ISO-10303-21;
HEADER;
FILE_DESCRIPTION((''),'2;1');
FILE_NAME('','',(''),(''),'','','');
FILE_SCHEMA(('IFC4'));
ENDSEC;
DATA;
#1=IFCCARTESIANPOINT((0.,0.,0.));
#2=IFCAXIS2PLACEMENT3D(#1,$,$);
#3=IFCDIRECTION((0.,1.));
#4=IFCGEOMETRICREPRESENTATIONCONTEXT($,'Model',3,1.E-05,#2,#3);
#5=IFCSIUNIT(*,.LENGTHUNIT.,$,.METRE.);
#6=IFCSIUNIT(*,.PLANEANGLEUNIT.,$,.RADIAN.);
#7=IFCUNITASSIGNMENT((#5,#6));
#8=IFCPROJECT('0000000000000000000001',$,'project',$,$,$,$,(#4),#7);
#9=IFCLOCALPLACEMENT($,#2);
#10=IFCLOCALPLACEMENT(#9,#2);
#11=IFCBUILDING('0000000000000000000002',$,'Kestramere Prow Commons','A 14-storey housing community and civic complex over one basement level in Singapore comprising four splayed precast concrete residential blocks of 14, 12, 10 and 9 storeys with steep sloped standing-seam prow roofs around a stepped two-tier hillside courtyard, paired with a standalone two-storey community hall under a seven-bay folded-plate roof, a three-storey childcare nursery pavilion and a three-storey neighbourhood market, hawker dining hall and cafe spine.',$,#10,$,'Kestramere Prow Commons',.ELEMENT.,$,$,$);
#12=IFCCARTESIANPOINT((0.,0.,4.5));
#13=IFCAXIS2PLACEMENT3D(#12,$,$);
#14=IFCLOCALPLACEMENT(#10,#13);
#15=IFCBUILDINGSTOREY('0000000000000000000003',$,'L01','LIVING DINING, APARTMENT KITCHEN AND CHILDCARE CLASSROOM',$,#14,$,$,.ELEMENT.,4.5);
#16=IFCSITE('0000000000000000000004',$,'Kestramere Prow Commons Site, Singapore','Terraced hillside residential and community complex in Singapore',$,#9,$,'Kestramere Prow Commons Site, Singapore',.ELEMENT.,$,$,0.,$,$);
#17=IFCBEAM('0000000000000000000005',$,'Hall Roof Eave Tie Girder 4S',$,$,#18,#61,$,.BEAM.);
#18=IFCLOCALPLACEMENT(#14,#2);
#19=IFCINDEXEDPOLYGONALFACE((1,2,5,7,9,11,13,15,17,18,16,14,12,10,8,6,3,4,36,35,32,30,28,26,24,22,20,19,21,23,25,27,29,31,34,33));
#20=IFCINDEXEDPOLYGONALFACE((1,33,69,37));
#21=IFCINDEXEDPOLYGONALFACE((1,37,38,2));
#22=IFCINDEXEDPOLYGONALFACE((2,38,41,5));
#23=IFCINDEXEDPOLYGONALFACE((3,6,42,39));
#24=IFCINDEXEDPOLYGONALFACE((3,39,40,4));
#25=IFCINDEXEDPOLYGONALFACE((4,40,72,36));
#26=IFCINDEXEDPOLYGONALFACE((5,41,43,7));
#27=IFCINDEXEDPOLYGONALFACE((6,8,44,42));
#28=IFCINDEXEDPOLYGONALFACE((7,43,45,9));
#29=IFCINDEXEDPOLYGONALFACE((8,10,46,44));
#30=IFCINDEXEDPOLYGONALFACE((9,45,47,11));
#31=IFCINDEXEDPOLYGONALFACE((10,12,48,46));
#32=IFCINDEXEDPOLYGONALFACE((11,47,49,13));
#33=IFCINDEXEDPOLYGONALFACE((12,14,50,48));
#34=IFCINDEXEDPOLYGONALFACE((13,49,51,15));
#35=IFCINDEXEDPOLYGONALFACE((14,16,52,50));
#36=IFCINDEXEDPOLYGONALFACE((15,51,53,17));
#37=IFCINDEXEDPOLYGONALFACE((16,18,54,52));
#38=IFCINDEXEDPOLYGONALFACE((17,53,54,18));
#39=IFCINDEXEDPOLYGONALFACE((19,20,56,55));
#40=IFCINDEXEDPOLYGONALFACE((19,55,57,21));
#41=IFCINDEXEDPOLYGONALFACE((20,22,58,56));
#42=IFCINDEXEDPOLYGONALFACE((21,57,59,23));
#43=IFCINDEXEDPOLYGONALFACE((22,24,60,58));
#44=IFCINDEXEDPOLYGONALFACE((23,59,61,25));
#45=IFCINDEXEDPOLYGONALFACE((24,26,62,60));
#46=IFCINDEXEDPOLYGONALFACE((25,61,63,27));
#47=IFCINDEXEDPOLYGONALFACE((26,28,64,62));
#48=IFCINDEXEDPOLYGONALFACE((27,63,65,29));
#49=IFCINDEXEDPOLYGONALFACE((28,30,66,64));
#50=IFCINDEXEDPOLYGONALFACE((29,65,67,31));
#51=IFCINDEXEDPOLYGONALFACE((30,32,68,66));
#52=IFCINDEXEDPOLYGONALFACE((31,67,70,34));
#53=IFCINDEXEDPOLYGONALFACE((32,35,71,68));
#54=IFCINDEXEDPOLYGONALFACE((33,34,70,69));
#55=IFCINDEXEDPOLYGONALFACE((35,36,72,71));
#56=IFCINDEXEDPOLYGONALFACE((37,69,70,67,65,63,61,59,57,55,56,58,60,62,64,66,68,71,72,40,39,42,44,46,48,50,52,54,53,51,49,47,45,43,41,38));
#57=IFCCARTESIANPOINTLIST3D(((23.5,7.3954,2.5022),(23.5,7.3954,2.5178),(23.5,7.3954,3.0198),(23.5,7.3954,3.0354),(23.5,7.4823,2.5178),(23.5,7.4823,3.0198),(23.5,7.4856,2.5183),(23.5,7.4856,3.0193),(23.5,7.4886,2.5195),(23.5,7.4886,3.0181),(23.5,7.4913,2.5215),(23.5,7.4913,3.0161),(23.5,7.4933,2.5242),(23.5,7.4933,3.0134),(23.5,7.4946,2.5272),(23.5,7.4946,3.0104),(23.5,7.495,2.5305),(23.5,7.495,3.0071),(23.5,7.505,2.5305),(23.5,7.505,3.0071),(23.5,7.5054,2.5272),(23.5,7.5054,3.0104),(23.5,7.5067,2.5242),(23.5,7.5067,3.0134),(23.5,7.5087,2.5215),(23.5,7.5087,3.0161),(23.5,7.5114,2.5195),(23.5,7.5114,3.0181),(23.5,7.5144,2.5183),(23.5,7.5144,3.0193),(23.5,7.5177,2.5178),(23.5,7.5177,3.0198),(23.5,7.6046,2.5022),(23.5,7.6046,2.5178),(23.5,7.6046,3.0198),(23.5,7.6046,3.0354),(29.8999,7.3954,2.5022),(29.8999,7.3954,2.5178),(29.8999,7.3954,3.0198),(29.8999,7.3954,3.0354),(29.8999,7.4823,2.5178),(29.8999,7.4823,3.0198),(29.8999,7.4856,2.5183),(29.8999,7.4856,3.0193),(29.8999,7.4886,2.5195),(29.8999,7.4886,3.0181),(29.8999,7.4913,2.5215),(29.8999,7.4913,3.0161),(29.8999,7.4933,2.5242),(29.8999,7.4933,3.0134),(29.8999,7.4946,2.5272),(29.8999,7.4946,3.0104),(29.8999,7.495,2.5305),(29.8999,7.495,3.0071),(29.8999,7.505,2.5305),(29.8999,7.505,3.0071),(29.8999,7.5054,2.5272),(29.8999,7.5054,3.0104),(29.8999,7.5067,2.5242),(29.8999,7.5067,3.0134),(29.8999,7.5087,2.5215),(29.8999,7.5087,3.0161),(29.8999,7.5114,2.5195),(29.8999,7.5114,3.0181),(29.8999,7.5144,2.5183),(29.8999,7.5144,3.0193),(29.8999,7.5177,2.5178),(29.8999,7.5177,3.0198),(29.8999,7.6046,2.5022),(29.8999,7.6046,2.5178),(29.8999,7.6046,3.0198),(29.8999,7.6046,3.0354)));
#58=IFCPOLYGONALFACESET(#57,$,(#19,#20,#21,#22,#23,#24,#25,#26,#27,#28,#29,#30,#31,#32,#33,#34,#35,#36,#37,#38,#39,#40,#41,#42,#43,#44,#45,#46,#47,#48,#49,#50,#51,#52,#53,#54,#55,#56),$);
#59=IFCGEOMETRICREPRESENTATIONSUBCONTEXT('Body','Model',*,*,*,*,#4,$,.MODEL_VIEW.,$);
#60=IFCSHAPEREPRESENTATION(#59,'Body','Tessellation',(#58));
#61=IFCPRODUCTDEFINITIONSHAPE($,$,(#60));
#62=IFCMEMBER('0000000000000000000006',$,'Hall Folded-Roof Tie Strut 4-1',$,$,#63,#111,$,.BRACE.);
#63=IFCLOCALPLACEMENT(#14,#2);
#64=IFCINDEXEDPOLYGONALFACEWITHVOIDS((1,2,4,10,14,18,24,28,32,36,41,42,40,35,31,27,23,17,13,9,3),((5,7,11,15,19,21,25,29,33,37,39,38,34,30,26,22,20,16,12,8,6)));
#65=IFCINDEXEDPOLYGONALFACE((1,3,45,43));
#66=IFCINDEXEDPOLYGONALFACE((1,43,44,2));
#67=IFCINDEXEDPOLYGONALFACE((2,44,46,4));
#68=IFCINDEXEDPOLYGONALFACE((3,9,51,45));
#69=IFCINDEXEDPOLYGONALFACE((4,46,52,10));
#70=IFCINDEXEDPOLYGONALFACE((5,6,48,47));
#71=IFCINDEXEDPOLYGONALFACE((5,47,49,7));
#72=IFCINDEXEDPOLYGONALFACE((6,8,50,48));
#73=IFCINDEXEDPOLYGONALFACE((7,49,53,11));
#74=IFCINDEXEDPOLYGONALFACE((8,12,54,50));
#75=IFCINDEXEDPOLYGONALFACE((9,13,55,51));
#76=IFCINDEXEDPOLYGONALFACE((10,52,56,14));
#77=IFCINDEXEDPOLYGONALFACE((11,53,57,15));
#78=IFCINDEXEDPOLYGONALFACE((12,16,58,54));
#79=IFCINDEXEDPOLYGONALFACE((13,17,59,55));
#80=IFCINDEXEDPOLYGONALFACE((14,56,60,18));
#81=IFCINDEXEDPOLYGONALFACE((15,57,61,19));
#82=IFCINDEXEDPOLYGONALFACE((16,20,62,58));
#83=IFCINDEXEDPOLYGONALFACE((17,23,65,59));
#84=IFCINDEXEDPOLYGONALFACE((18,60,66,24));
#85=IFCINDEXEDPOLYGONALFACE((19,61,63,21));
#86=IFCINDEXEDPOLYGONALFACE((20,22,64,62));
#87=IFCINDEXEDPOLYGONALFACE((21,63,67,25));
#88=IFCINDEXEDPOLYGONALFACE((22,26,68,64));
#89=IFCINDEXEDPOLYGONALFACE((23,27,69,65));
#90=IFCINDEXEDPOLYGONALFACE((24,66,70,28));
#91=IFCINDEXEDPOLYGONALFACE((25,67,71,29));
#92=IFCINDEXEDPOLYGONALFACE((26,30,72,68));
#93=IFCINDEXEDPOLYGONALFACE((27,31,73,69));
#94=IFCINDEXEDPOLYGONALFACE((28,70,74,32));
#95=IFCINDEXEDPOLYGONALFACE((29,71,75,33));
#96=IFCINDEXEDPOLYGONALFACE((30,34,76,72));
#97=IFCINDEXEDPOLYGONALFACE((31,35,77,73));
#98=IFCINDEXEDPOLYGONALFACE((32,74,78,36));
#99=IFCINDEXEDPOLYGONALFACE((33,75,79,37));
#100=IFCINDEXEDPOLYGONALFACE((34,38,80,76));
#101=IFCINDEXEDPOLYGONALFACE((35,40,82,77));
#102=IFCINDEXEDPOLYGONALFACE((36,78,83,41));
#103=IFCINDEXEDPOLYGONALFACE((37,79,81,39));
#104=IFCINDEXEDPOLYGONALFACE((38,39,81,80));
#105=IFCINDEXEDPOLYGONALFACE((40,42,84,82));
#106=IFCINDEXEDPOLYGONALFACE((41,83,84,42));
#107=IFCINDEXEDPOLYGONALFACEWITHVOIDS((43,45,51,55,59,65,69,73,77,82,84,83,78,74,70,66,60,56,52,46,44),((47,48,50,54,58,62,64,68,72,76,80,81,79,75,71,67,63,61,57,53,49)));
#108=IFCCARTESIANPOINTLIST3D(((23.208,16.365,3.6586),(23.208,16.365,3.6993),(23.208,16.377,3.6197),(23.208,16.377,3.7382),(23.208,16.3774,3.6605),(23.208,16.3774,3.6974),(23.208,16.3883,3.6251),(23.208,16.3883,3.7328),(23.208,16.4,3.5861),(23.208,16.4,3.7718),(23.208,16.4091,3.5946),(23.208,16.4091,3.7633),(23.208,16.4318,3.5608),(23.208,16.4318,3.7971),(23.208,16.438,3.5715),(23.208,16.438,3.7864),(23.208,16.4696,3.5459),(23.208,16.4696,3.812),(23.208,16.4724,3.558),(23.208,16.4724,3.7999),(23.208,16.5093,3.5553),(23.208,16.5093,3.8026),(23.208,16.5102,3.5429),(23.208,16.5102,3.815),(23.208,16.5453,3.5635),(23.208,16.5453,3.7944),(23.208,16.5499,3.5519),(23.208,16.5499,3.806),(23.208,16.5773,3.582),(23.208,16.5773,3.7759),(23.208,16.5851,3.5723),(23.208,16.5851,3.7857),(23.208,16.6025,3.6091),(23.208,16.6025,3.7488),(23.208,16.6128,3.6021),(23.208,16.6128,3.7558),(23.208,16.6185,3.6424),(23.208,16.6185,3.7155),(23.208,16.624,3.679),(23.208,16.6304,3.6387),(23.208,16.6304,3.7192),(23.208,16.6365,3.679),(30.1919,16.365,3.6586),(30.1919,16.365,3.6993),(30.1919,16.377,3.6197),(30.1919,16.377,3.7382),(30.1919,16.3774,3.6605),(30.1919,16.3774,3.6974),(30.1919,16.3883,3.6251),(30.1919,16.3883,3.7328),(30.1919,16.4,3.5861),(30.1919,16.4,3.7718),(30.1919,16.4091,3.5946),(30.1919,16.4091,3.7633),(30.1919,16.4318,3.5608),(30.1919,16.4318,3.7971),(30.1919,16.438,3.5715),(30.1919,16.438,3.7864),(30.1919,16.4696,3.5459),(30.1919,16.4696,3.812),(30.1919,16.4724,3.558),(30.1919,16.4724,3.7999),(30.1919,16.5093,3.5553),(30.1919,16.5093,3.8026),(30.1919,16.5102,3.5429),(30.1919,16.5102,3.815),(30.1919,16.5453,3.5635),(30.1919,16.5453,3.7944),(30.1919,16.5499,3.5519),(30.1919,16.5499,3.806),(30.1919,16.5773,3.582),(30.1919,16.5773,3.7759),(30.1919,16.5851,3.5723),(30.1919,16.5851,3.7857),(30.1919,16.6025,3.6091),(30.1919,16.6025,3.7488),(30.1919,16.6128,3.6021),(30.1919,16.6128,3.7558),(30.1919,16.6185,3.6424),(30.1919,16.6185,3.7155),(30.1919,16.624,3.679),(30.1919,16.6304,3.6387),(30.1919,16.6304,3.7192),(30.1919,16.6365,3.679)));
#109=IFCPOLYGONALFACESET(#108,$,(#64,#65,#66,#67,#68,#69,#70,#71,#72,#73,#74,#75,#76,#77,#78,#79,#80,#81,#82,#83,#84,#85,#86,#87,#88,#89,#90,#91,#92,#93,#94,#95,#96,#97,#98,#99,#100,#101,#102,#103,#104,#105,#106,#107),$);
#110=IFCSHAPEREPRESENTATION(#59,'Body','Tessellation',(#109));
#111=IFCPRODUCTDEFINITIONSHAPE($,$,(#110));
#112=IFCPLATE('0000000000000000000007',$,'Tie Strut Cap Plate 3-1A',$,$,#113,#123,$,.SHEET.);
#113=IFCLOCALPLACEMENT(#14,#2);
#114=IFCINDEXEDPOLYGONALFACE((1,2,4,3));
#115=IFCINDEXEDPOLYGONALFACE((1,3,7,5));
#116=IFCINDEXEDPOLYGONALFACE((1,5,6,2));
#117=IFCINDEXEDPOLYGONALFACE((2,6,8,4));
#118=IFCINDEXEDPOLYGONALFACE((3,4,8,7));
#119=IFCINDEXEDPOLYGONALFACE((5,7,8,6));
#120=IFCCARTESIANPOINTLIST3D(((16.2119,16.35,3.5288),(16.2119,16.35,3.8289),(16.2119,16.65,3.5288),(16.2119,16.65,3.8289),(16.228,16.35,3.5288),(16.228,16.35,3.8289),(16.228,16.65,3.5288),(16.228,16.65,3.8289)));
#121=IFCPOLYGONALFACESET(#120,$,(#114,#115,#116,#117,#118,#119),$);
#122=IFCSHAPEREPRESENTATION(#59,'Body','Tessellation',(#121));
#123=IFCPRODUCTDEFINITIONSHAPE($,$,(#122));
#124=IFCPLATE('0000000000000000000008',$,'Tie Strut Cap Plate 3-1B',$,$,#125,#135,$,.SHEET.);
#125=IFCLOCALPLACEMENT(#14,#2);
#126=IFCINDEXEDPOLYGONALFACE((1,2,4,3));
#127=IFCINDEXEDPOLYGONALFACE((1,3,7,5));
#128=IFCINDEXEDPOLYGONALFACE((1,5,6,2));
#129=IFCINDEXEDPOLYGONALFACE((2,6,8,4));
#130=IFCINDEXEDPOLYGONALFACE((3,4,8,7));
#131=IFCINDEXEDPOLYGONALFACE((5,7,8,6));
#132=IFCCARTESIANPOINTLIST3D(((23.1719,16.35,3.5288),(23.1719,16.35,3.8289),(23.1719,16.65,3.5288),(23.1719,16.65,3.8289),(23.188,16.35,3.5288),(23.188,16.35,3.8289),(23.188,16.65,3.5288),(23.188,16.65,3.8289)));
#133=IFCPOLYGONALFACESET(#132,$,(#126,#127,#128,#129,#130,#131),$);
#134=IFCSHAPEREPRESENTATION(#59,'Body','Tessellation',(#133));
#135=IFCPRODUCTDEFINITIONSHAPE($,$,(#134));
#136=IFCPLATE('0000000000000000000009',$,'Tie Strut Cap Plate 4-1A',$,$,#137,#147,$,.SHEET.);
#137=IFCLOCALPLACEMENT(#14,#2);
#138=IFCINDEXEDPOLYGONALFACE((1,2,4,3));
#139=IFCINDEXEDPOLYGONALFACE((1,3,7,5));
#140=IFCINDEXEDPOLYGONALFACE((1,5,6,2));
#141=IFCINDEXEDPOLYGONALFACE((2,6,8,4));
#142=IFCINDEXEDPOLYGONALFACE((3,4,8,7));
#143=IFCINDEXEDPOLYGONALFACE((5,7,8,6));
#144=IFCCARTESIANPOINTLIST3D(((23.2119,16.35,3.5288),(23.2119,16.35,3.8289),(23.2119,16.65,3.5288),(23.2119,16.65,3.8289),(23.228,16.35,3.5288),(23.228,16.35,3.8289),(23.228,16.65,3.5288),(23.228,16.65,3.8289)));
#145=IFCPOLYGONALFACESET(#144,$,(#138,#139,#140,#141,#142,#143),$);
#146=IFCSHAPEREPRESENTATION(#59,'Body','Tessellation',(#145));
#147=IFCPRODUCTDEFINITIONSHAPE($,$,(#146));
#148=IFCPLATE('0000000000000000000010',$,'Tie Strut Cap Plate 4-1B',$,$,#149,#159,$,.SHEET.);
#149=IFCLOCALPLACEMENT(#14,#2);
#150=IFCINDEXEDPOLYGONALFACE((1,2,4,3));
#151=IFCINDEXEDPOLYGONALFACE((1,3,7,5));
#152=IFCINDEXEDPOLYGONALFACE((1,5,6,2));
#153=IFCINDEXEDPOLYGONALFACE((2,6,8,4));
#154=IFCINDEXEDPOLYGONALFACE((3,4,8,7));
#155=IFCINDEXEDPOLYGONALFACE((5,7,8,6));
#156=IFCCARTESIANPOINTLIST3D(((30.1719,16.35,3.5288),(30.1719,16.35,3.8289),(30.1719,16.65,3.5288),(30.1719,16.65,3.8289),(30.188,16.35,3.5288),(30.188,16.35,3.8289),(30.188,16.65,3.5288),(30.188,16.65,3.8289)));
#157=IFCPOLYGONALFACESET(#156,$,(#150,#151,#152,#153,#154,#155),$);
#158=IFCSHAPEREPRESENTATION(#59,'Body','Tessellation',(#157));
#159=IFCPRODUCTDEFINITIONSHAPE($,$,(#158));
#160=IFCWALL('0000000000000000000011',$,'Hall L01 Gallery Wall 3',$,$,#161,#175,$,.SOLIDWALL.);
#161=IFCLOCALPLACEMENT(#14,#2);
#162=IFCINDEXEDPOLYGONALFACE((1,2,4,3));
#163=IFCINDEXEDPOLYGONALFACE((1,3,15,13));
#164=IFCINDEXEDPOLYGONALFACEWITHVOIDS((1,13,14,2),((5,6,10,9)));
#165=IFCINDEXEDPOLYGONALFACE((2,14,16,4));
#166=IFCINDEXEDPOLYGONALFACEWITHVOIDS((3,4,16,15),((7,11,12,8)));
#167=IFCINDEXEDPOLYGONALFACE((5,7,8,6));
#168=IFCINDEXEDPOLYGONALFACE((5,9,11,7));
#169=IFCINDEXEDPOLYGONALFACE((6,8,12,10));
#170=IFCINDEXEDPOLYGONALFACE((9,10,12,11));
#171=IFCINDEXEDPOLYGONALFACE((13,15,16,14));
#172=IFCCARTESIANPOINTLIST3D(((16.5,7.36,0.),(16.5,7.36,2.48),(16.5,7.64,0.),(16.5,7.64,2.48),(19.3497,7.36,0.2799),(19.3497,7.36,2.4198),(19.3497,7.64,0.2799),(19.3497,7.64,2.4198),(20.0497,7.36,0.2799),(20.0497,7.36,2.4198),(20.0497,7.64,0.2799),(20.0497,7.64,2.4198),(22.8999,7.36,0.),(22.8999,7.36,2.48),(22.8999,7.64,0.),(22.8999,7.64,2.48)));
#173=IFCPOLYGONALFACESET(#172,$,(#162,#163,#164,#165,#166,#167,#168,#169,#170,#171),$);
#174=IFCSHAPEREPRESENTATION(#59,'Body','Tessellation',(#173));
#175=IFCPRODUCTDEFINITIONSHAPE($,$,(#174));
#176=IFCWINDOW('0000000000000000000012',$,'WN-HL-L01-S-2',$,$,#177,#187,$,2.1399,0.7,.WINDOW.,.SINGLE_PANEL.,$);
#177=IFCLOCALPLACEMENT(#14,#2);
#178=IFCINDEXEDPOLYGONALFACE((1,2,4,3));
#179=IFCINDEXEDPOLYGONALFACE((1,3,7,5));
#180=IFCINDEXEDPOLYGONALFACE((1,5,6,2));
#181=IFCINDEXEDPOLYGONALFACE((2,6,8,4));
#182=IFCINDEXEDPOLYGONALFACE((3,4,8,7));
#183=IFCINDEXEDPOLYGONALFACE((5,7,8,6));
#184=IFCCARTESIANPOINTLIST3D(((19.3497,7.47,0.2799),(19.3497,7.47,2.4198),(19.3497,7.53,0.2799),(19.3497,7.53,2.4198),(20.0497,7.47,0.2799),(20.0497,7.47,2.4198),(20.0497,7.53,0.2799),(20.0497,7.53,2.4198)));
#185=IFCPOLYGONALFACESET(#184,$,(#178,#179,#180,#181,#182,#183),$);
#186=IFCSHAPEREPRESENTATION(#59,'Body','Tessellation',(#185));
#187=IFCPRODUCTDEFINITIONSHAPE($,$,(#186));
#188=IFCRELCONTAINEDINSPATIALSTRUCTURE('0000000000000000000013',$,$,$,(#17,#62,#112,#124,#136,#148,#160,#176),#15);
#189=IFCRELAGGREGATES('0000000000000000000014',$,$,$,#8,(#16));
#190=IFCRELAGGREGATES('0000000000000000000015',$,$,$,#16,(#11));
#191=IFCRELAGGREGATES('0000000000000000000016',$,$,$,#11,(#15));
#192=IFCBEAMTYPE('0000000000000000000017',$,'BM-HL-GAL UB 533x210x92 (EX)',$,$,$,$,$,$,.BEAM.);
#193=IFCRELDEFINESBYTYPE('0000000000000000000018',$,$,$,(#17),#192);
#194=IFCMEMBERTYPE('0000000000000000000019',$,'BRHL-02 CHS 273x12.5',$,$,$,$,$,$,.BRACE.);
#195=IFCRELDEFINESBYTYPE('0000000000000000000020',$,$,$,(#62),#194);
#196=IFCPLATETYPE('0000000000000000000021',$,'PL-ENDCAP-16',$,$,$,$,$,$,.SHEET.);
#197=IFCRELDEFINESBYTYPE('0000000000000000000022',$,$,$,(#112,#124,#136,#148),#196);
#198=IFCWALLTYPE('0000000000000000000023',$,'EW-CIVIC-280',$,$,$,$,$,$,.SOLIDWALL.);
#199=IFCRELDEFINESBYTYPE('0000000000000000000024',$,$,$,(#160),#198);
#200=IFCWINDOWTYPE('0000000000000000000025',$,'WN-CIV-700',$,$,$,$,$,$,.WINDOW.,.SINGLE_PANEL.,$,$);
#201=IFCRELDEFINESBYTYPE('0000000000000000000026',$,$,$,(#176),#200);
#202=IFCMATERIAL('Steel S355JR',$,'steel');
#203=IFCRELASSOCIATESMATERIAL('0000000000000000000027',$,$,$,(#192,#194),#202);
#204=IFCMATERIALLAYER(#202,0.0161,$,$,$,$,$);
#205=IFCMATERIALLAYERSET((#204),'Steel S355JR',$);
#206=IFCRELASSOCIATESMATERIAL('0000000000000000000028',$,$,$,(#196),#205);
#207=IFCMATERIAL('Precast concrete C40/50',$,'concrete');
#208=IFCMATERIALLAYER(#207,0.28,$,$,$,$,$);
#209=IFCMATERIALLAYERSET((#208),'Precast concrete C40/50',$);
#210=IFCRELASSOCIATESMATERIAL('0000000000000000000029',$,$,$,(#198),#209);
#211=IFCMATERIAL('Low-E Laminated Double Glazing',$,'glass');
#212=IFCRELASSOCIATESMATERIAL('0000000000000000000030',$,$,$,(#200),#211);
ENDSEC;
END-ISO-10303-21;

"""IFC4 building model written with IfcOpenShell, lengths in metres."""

from ifc_helpers import new_model, si_unit, direction, frame, frame_2d, origin, origin_2d, place, context, subcontext, project, spatial, rectangle, hollow_circle, i_section, extrude, material, layer, layer_set, material_profile, profile_set, type_object, element, fill, save


model = new_model("IFC4")

# Units and contexts
model_context = context("Model", 3, precision=1e-05, world=origin(), true_north=direction((0.0, 1.0)))
body_context = subcontext(model_context, "Body", "Model", "MODEL_VIEW")
ifc_project = project(units=[si_unit("LENGTHUNIT", "METRE"), si_unit("PLANEANGLEUNIT", "RADIAN")], contexts=[model_context])

# Site, building, storey
site_placement = place(None, origin())
site = spatial("IfcSite", under=ifc_project, at=site_placement, Name="Kestramere Prow Commons Site, Singapore", Description="Terraced hillside residential and community complex in Singapore", LongName="Kestramere Prow Commons Site, Singapore", CompositionType="ELEMENT", RefElevation=0.0)
building_placement = place(site_placement, origin())
building = spatial("IfcBuilding", under=site, at=building_placement, Name="Kestramere Prow Commons", Description="A 14-storey housing community and civic complex over one basement level in Singapore comprising four splayed precast concrete residential blocks of 14, 12, 10 and 9 storeys with steep sloped standing-seam prow roofs around a stepped two-tier hillside courtyard, paired with a standalone two-storey community hall under a seven-bay folded-plate roof, a three-storey childcare nursery pavilion and a three-storey neighbourhood market, hawker dining hall and cafe spine.", LongName="Kestramere Prow Commons", CompositionType="ELEMENT")
storey_placement = place(building_placement, frame((0.0, 0.0, 4.5)))
storey = spatial("IfcBuildingStorey", under=building, at=storey_placement, Name="L01", Description="LIVING DINING, APARTMENT KITCHEN AND CHILDCARE CLASSROOM", CompositionType="ELEMENT", Elevation=4.5)

# Shared definitions
ifc_material_1 = material(Name="Precast concrete C40/50", Category="concrete")

# Beam
ifc_material_2 = material(Name="Steel S355JR", Category="steel")
ifc_material_profile_1 = material_profile(ifc_material_2, i_section(OverallWidth=0.2092, OverallDepth=0.5332, WebThickness=0.01, FlangeThickness=0.0156, FilletRadius=0.0127, at=origin_2d()), Name="UB 533x210x92")
ifc_profile_set_1 = profile_set([ifc_material_profile_1], Name="Steel S355JR")
beam_type_1 = type_object("IfcBeamType", Name="BM-HL-GAL UB 533x210x92 (EX)", PredefinedType="BEAM", material=ifc_profile_set_1)
for number, where, z_axis, x_axis, name in (
    (1, (23.5, 7.5, 2.7688), (1.0, 0.0, 0.0), (0.0, 1.0, 0.0), "Hall Roof Eave Tie Girder 4S"),
):
    element("IfcBeam", number, at=place(storey_placement, frame(where, z_axis=z_axis, x_axis=x_axis)), inside=storey, type_object=beam_type_1, Name=name, PredefinedType="BEAM", context=body_context, shape_type="SweptSolid", body=[
        extrude(i_section(OverallWidth=0.2092, OverallDepth=0.5332, WebThickness=0.01, FlangeThickness=0.0156, FilletRadius=0.0127, at=origin_2d()), origin(), (0.0, 0.0, 1.0), 6.3999),
    ])

# Member
ifc_material_profile_2 = material_profile(ifc_material_2, hollow_circle(Radius=0.1365, WallThickness=0.0125, at=origin_2d()), Name="CHS 273x12.5")
ifc_profile_set_2 = profile_set([ifc_material_profile_2], Name="Steel S355JR")
member_type = type_object("IfcMemberType", Name="BRHL-02 CHS 273x12.5", PredefinedType="BRACE", material=ifc_profile_set_2)
member_placement = place(storey_placement, frame((23.208, 16.5, 3.679), z_axis=(1.0, 0.0, 0.0), x_axis=(0.0, 1.0, 0.0)))
element("IfcMember", 2, at=member_placement, inside=storey, type_object=member_type, Name="Hall Folded-Roof Tie Strut 4-1", PredefinedType="BRACE", context=body_context, shape_type="SweptSolid", body=[
    extrude(hollow_circle(Radius=0.1365, WallThickness=0.0125, at=origin_2d()), origin(), (0.0, 0.0, 1.0), 6.9839),
])

# Plates
ifc_layer_1 = layer(ifc_material_2, 0.0161)
ifc_layer_set_1 = layer_set([ifc_layer_1], Name="Steel S355JR")
plate_type = type_object("IfcPlateType", Name="PL-ENDCAP-16", PredefinedType="SHEET", material=ifc_layer_set_1)
for number, where, z_axis, x_axis, name in (
    (3, (16.22, 16.5, 3.5288), (0.0, 0.0, 1.0), (1.0, 0.0, 0.0), "Tie Strut Cap Plate 3-1A"),
    (4, (23.1799, 16.5, 3.5288), (0.0, 0.0, 1.0), (1.0, 0.0, 0.0), "Tie Strut Cap Plate 3-1B"),
    (5, (23.22, 16.5, 3.5288), (0.0, 0.0, 1.0), (1.0, 0.0, 0.0), "Tie Strut Cap Plate 4-1A"),
    (6, (30.1799, 16.5, 3.5288), (0.0, 0.0, 1.0), (1.0, 0.0, 0.0), "Tie Strut Cap Plate 4-1B"),
):
    element("IfcPlate", number, at=place(storey_placement, frame(where, z_axis=z_axis, x_axis=x_axis)), inside=storey, type_object=plate_type, Name=name, PredefinedType="SHEET", context=body_context, shape_type="SweptSolid", body=[
        extrude(rectangle(XDim=0.0161, YDim=0.3, at=origin_2d()), origin(), (0.0, 0.0, 1.0), 0.3),
    ])

# Wall, opening, window
ifc_layer_2 = layer(ifc_material_1, 0.28)
ifc_layer_set_2 = layer_set([ifc_layer_2], Name="Precast concrete C40/50")
wall_type = type_object("IfcWallType", Name="EW-CIVIC-280", PredefinedType="SOLIDWALL", material=ifc_layer_set_2)
wall_1_placement = place(storey_placement, frame((22.8999, 7.5, 0.0), z_axis=(0.0, 0.0, 1.0), x_axis=(-1.0, 0.0, 0.0)))
wall_1 = element("IfcWall", 7, at=wall_1_placement, inside=storey, type_object=wall_type, Name="Hall L01 Gallery Wall 3", PredefinedType="SOLIDWALL", context=body_context, shape_type="SweptSolid", body=[
    extrude(rectangle(XDim=6.3999, YDim=0.28, at=frame_2d((3.2, 0.0))), origin(), (0.0, 0.0, 1.0), 2.48),
])
opening_1_placement = place(wall_1_placement, frame((2.8501, 0.0, 0.28)))
opening_1 = element("IfcOpeningElement", 8, at=opening_1_placement, cuts=wall_1, PredefinedType="OPENING", context=body_context, shape_type="SweptSolid", body=[
    extrude(rectangle(XDim=0.7, YDim=2.1399, at=frame_2d((0.3501, 1.0698))), frame((0.0, 0.155, 0.0), z_axis=(0.0, -1.0, 0.0), x_axis=(1.0, 0.0, 0.0)), (0.0, 0.0, 1.0), 0.3101),
])
ifc_material_3 = material(Name="Low-E Laminated Double Glazing", Category="glass")
window_type = type_object("IfcWindowType", Name="WN-CIV-700", PartitioningType="SINGLE_PANEL", PredefinedType="WINDOW", material=ifc_material_3)
window_1_placement = place(opening_1_placement, origin())
window_1 = element("IfcWindow", 9, at=window_1_placement, inside=storey, type_object=window_type, Name="WN-HL-L01-S-2", OverallHeight=2.1399, OverallWidth=0.7, PartitioningType="SINGLE_PANEL", PredefinedType="WINDOW", context=body_context, shape_type="SweptSolid", body=[
    extrude(rectangle(XDim=0.7, YDim=2.1399, at=frame_2d((0.3501, 1.0698))), frame((0.0, 0.03, 0.0), z_axis=(0.0, -1.0, 0.0), x_axis=(1.0, 0.0, 0.0)), (0.0, 0.0, 1.0), 0.0601),
])
fill(opening_1, window_1)

save(model, "model.ifc")
